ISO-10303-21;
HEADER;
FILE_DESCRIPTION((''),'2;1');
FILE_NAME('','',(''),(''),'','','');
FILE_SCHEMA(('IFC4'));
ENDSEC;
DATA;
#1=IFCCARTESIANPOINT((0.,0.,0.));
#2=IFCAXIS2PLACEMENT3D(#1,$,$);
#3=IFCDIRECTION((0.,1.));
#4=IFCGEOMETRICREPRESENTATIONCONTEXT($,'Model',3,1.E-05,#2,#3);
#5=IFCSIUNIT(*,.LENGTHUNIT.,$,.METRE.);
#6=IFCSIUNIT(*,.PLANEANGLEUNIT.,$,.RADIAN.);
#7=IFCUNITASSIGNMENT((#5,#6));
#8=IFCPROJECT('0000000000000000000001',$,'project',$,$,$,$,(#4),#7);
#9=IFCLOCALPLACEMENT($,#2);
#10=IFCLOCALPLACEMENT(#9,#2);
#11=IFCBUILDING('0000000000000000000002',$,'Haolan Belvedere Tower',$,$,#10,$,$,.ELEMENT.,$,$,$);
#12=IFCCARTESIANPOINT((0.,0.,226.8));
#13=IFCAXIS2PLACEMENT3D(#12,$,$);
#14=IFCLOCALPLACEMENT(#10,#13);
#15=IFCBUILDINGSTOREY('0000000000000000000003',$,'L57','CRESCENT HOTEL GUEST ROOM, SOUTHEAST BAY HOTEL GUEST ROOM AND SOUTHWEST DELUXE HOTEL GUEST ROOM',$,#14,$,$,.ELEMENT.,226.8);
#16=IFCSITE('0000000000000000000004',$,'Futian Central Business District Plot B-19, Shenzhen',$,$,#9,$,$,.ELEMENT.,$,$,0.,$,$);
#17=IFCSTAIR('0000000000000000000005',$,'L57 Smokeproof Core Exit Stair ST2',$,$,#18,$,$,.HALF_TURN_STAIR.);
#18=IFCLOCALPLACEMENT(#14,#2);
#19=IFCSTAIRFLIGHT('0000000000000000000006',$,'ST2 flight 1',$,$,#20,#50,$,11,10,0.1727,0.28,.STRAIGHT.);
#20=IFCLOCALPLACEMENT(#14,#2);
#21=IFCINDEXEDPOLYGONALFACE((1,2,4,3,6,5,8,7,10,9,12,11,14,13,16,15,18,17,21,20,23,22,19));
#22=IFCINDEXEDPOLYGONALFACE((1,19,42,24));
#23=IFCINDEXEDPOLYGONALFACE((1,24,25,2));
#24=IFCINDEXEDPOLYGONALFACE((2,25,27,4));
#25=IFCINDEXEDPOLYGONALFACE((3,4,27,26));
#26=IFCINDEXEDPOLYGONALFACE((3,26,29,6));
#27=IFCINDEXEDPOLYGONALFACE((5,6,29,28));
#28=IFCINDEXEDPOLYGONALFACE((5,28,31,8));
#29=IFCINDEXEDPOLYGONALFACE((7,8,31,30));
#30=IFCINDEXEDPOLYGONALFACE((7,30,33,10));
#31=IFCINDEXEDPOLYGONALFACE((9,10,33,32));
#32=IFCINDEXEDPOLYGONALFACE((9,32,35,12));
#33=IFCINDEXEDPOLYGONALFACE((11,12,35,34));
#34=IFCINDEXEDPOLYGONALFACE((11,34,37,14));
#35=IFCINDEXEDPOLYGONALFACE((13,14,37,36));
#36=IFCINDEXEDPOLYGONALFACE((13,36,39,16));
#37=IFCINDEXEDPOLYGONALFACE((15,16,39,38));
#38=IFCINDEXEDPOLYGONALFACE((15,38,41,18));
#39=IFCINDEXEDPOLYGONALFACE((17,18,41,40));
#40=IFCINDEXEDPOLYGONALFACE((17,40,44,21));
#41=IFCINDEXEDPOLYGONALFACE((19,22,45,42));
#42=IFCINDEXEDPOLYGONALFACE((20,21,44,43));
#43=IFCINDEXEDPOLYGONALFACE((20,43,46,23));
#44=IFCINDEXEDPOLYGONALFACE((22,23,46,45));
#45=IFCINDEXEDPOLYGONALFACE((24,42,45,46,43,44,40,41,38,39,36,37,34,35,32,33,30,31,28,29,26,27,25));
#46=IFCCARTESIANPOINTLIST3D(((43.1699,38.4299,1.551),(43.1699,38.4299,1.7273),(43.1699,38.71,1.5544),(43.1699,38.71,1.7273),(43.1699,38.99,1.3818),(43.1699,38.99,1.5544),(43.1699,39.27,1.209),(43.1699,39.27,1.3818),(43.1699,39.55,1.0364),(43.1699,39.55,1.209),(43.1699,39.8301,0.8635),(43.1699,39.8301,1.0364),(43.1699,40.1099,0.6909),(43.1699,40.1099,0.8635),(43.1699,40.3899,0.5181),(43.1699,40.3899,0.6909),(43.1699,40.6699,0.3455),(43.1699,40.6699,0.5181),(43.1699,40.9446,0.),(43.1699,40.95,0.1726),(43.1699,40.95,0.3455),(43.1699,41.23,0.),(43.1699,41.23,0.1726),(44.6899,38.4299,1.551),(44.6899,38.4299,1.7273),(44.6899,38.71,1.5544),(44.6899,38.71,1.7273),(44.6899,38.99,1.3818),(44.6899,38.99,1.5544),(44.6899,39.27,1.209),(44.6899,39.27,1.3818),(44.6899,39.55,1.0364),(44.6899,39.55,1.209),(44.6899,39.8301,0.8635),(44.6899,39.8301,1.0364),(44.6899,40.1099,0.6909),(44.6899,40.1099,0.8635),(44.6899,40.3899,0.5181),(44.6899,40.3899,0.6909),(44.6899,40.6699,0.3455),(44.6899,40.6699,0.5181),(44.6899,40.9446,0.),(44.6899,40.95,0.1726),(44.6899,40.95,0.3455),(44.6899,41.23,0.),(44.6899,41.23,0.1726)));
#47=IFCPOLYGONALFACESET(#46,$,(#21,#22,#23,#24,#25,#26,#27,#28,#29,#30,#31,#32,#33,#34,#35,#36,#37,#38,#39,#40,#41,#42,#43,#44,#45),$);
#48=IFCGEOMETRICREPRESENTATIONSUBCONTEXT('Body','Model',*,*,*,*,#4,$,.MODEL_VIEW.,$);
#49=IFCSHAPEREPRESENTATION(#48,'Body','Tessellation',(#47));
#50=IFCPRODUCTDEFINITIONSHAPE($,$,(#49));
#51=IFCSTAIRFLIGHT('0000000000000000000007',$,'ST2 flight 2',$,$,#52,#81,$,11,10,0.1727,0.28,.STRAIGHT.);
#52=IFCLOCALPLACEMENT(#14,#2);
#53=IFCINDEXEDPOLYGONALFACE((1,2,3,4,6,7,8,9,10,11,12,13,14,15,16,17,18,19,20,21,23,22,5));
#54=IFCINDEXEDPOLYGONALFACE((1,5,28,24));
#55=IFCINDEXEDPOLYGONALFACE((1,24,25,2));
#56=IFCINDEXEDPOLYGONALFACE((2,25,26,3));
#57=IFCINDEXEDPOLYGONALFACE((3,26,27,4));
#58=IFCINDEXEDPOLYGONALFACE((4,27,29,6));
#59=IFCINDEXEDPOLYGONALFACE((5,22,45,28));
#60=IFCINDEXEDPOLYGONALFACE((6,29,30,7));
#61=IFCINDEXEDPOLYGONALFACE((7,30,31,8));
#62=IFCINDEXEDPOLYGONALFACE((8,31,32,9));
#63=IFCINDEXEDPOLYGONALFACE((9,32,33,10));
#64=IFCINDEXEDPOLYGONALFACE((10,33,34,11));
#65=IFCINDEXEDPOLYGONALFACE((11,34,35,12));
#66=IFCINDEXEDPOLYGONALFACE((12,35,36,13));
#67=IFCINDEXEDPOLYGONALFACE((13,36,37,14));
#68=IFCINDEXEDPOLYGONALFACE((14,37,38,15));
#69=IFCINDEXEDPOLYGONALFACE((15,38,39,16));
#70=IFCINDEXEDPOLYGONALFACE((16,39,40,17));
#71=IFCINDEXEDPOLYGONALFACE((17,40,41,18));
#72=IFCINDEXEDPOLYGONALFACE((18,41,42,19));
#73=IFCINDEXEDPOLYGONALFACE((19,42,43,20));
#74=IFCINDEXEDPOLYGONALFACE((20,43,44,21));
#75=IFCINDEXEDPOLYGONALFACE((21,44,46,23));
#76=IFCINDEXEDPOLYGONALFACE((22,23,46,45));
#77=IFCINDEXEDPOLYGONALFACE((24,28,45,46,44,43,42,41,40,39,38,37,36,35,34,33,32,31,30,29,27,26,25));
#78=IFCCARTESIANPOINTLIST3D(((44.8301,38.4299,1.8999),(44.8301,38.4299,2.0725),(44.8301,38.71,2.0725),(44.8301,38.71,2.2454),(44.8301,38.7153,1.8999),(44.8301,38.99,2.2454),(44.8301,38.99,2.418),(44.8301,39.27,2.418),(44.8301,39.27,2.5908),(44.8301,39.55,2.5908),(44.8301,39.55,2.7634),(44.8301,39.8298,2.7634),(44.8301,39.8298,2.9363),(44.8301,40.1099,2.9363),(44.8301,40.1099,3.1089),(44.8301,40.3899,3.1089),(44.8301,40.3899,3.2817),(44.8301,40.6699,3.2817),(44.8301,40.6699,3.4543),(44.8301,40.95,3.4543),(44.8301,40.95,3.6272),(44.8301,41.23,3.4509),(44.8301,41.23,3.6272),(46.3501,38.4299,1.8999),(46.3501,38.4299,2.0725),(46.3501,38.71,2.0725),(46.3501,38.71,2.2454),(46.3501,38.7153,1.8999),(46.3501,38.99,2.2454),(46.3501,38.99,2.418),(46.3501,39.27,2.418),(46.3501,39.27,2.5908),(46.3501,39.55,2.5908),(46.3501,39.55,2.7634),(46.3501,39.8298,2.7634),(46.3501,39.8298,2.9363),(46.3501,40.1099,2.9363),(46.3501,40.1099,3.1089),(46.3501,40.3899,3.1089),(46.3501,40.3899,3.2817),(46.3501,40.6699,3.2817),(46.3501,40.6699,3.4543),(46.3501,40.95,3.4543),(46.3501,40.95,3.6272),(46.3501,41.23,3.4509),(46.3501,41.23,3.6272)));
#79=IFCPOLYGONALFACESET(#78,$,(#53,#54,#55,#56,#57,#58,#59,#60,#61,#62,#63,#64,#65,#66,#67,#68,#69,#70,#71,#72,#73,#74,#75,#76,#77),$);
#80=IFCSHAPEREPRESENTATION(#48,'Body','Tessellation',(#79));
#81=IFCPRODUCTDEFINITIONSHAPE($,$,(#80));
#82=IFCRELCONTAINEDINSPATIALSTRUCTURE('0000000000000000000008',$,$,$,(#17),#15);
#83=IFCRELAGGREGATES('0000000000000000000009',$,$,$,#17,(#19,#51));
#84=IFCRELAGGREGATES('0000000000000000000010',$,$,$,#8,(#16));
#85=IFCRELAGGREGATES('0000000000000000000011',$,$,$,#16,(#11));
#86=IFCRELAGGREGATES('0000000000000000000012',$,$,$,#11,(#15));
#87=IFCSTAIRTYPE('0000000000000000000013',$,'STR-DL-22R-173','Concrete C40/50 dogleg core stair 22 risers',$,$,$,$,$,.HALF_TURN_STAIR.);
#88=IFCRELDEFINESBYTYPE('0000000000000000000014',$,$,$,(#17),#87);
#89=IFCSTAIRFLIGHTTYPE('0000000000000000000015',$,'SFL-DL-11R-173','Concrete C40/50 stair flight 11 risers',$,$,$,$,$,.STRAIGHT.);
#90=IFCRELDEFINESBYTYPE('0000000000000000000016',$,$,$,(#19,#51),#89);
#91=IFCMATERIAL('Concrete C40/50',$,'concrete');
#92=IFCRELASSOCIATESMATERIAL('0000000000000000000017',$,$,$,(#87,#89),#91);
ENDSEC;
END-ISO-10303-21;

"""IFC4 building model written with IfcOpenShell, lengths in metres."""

from ifc_helpers import new_model, si_unit, direction, frame, origin, place, context, subcontext, project, spatial, polyline, outline, extrude, material, type_object, element, aggregate, save


model = new_model("IFC4")

# Units and contexts
model_context = context("Model", 3, precision=1e-05, world=origin(), true_north=direction((0.0, 1.0)))
body_context = subcontext(model_context, "Body", "Model", "MODEL_VIEW")
ifc_project = project(units=[si_unit("LENGTHUNIT", "METRE"), si_unit("PLANEANGLEUNIT", "RADIAN")], contexts=[model_context])

# Site, building, storey
site_placement = place(None, origin())
site = spatial("IfcSite", under=ifc_project, at=site_placement, Name="Futian Central Business District Plot B-19, Shenzhen", CompositionType="ELEMENT", RefElevation=0.0)
building_placement = place(site_placement, origin())
building = spatial("IfcBuilding", under=site, at=building_placement, Name="Haolan Belvedere Tower", CompositionType="ELEMENT")
storey_placement = place(building_placement, frame((0.0, 0.0, 226.8)))
storey = spatial("IfcBuildingStorey", under=building, at=storey_placement, Name="L57", Description="CRESCENT HOTEL GUEST ROOM, SOUTHEAST BAY HOTEL GUEST ROOM AND SOUTHWEST DELUXE HOTEL GUEST ROOM", CompositionType="ELEMENT", Elevation=226.8)

# Shared definitions
ifc_material_1 = material(Name="Concrete C40/50", Category="concrete")

# Shared definitions
stair_type = type_object("IfcStairType", Name="STR-DL-22R-173", Description="Concrete C40/50 dogleg core stair 22 risers", PredefinedType="HALF_TURN_STAIR", material=ifc_material_1)
stair_flight_type = type_object("IfcStairFlightType", Name="SFL-DL-11R-173", Description="Concrete C40/50 stair flight 11 risers", PredefinedType="STRAIGHT", material=ifc_material_1)

# Stair, stair flights
stair_1_placement = place(storey_placement, origin())
stair_1 = element("IfcStair", 1, at=stair_1_placement, inside=storey, type_object=stair_type, Name="L57 Smokeproof Core Exit Stair ST2", PredefinedType="HALF_TURN_STAIR")
stair_flight_1_placement = place(storey_placement, frame((43.9299, 41.23, 0.0), z_axis=(0.0, 0.0, 1.0), x_axis=(0.0, -1.0, 0.0)))
stair_flight_1 = element("IfcStairFlight", 2, at=stair_flight_1_placement, type_object=stair_flight_type, Name="ST2 flight 1", NumberOfRisers=11, NumberOfTreads=10, PredefinedType="STRAIGHT", RiserHeight=0.1727, TreadLength=0.28, context=body_context, shape_type="SweptSolid", body=[
    extrude(outline(polyline([(0.0, 0.0), (0.0, 0.1726), (0.28, 0.1726), (0.28, 0.3455), (0.5601, 0.3455), (0.5601, 0.5181), (0.8401, 0.5181), (0.8401, 0.6909), (1.1201, 0.6909), (1.1201, 0.8635), (1.3999, 0.8635), (1.3999, 1.0364), (1.6799, 1.0364), (1.6799, 1.209), (1.96, 1.209), (1.96, 1.3818), (2.24, 1.3818), (2.24, 1.5544), (2.52, 1.5544), (2.52, 1.7273), (2.8, 1.7273), (2.8, 1.8999), (2.8, 1.551), (0.2854, 0.0), (0.0, 0.0)])), frame((0.0, 0.76, 0.0), z_axis=(0.0, -1.0, 0.0), x_axis=(1.0, 0.0, 0.0)), (0.0, 0.0, 1.0), 1.52),
])
stair_flight_2_placement = place(storey_placement, frame((45.5901, 38.4299, 1.8999), z_axis=(0.0, 0.0, 1.0), x_axis=(0.0, 1.0, 0.0)))
stair_flight_2 = element("IfcStairFlight", 3, at=stair_flight_2_placement, type_object=stair_flight_type, Name="ST2 flight 2", NumberOfRisers=11, NumberOfTreads=10, PredefinedType="STRAIGHT", RiserHeight=0.1727, TreadLength=0.28, context=body_context, shape_type="SweptSolid", body=[
    extrude(outline(polyline([(0.0, 0.0), (0.0, 0.1726), (0.28, 0.1726), (0.28, 0.3455), (0.5601, 0.3455), (0.5601, 0.5181), (0.8401, 0.5181), (0.8401, 0.6909), (1.1201, 0.6909), (1.1201, 0.8635), (1.3999, 0.8635), (1.3999, 1.0364), (1.6799, 1.0364), (1.6799, 1.209), (1.96, 1.209), (1.96, 1.3818), (2.24, 1.3818), (2.24, 1.5544), (2.52, 1.5544), (2.52, 1.7273), (2.8, 1.7273), (2.8, 1.8999), (2.8, 1.551), (0.2854, 0.0), (0.0, 0.0)])), frame((0.0, 0.76, 0.0), z_axis=(0.0, -1.0, 0.0), x_axis=(1.0, 0.0, 0.0)), (0.0, 0.0, 1.0), 1.52),
])
aggregate(stair_1, [stair_flight_1, stair_flight_2])

save(model, "model.ifc")
